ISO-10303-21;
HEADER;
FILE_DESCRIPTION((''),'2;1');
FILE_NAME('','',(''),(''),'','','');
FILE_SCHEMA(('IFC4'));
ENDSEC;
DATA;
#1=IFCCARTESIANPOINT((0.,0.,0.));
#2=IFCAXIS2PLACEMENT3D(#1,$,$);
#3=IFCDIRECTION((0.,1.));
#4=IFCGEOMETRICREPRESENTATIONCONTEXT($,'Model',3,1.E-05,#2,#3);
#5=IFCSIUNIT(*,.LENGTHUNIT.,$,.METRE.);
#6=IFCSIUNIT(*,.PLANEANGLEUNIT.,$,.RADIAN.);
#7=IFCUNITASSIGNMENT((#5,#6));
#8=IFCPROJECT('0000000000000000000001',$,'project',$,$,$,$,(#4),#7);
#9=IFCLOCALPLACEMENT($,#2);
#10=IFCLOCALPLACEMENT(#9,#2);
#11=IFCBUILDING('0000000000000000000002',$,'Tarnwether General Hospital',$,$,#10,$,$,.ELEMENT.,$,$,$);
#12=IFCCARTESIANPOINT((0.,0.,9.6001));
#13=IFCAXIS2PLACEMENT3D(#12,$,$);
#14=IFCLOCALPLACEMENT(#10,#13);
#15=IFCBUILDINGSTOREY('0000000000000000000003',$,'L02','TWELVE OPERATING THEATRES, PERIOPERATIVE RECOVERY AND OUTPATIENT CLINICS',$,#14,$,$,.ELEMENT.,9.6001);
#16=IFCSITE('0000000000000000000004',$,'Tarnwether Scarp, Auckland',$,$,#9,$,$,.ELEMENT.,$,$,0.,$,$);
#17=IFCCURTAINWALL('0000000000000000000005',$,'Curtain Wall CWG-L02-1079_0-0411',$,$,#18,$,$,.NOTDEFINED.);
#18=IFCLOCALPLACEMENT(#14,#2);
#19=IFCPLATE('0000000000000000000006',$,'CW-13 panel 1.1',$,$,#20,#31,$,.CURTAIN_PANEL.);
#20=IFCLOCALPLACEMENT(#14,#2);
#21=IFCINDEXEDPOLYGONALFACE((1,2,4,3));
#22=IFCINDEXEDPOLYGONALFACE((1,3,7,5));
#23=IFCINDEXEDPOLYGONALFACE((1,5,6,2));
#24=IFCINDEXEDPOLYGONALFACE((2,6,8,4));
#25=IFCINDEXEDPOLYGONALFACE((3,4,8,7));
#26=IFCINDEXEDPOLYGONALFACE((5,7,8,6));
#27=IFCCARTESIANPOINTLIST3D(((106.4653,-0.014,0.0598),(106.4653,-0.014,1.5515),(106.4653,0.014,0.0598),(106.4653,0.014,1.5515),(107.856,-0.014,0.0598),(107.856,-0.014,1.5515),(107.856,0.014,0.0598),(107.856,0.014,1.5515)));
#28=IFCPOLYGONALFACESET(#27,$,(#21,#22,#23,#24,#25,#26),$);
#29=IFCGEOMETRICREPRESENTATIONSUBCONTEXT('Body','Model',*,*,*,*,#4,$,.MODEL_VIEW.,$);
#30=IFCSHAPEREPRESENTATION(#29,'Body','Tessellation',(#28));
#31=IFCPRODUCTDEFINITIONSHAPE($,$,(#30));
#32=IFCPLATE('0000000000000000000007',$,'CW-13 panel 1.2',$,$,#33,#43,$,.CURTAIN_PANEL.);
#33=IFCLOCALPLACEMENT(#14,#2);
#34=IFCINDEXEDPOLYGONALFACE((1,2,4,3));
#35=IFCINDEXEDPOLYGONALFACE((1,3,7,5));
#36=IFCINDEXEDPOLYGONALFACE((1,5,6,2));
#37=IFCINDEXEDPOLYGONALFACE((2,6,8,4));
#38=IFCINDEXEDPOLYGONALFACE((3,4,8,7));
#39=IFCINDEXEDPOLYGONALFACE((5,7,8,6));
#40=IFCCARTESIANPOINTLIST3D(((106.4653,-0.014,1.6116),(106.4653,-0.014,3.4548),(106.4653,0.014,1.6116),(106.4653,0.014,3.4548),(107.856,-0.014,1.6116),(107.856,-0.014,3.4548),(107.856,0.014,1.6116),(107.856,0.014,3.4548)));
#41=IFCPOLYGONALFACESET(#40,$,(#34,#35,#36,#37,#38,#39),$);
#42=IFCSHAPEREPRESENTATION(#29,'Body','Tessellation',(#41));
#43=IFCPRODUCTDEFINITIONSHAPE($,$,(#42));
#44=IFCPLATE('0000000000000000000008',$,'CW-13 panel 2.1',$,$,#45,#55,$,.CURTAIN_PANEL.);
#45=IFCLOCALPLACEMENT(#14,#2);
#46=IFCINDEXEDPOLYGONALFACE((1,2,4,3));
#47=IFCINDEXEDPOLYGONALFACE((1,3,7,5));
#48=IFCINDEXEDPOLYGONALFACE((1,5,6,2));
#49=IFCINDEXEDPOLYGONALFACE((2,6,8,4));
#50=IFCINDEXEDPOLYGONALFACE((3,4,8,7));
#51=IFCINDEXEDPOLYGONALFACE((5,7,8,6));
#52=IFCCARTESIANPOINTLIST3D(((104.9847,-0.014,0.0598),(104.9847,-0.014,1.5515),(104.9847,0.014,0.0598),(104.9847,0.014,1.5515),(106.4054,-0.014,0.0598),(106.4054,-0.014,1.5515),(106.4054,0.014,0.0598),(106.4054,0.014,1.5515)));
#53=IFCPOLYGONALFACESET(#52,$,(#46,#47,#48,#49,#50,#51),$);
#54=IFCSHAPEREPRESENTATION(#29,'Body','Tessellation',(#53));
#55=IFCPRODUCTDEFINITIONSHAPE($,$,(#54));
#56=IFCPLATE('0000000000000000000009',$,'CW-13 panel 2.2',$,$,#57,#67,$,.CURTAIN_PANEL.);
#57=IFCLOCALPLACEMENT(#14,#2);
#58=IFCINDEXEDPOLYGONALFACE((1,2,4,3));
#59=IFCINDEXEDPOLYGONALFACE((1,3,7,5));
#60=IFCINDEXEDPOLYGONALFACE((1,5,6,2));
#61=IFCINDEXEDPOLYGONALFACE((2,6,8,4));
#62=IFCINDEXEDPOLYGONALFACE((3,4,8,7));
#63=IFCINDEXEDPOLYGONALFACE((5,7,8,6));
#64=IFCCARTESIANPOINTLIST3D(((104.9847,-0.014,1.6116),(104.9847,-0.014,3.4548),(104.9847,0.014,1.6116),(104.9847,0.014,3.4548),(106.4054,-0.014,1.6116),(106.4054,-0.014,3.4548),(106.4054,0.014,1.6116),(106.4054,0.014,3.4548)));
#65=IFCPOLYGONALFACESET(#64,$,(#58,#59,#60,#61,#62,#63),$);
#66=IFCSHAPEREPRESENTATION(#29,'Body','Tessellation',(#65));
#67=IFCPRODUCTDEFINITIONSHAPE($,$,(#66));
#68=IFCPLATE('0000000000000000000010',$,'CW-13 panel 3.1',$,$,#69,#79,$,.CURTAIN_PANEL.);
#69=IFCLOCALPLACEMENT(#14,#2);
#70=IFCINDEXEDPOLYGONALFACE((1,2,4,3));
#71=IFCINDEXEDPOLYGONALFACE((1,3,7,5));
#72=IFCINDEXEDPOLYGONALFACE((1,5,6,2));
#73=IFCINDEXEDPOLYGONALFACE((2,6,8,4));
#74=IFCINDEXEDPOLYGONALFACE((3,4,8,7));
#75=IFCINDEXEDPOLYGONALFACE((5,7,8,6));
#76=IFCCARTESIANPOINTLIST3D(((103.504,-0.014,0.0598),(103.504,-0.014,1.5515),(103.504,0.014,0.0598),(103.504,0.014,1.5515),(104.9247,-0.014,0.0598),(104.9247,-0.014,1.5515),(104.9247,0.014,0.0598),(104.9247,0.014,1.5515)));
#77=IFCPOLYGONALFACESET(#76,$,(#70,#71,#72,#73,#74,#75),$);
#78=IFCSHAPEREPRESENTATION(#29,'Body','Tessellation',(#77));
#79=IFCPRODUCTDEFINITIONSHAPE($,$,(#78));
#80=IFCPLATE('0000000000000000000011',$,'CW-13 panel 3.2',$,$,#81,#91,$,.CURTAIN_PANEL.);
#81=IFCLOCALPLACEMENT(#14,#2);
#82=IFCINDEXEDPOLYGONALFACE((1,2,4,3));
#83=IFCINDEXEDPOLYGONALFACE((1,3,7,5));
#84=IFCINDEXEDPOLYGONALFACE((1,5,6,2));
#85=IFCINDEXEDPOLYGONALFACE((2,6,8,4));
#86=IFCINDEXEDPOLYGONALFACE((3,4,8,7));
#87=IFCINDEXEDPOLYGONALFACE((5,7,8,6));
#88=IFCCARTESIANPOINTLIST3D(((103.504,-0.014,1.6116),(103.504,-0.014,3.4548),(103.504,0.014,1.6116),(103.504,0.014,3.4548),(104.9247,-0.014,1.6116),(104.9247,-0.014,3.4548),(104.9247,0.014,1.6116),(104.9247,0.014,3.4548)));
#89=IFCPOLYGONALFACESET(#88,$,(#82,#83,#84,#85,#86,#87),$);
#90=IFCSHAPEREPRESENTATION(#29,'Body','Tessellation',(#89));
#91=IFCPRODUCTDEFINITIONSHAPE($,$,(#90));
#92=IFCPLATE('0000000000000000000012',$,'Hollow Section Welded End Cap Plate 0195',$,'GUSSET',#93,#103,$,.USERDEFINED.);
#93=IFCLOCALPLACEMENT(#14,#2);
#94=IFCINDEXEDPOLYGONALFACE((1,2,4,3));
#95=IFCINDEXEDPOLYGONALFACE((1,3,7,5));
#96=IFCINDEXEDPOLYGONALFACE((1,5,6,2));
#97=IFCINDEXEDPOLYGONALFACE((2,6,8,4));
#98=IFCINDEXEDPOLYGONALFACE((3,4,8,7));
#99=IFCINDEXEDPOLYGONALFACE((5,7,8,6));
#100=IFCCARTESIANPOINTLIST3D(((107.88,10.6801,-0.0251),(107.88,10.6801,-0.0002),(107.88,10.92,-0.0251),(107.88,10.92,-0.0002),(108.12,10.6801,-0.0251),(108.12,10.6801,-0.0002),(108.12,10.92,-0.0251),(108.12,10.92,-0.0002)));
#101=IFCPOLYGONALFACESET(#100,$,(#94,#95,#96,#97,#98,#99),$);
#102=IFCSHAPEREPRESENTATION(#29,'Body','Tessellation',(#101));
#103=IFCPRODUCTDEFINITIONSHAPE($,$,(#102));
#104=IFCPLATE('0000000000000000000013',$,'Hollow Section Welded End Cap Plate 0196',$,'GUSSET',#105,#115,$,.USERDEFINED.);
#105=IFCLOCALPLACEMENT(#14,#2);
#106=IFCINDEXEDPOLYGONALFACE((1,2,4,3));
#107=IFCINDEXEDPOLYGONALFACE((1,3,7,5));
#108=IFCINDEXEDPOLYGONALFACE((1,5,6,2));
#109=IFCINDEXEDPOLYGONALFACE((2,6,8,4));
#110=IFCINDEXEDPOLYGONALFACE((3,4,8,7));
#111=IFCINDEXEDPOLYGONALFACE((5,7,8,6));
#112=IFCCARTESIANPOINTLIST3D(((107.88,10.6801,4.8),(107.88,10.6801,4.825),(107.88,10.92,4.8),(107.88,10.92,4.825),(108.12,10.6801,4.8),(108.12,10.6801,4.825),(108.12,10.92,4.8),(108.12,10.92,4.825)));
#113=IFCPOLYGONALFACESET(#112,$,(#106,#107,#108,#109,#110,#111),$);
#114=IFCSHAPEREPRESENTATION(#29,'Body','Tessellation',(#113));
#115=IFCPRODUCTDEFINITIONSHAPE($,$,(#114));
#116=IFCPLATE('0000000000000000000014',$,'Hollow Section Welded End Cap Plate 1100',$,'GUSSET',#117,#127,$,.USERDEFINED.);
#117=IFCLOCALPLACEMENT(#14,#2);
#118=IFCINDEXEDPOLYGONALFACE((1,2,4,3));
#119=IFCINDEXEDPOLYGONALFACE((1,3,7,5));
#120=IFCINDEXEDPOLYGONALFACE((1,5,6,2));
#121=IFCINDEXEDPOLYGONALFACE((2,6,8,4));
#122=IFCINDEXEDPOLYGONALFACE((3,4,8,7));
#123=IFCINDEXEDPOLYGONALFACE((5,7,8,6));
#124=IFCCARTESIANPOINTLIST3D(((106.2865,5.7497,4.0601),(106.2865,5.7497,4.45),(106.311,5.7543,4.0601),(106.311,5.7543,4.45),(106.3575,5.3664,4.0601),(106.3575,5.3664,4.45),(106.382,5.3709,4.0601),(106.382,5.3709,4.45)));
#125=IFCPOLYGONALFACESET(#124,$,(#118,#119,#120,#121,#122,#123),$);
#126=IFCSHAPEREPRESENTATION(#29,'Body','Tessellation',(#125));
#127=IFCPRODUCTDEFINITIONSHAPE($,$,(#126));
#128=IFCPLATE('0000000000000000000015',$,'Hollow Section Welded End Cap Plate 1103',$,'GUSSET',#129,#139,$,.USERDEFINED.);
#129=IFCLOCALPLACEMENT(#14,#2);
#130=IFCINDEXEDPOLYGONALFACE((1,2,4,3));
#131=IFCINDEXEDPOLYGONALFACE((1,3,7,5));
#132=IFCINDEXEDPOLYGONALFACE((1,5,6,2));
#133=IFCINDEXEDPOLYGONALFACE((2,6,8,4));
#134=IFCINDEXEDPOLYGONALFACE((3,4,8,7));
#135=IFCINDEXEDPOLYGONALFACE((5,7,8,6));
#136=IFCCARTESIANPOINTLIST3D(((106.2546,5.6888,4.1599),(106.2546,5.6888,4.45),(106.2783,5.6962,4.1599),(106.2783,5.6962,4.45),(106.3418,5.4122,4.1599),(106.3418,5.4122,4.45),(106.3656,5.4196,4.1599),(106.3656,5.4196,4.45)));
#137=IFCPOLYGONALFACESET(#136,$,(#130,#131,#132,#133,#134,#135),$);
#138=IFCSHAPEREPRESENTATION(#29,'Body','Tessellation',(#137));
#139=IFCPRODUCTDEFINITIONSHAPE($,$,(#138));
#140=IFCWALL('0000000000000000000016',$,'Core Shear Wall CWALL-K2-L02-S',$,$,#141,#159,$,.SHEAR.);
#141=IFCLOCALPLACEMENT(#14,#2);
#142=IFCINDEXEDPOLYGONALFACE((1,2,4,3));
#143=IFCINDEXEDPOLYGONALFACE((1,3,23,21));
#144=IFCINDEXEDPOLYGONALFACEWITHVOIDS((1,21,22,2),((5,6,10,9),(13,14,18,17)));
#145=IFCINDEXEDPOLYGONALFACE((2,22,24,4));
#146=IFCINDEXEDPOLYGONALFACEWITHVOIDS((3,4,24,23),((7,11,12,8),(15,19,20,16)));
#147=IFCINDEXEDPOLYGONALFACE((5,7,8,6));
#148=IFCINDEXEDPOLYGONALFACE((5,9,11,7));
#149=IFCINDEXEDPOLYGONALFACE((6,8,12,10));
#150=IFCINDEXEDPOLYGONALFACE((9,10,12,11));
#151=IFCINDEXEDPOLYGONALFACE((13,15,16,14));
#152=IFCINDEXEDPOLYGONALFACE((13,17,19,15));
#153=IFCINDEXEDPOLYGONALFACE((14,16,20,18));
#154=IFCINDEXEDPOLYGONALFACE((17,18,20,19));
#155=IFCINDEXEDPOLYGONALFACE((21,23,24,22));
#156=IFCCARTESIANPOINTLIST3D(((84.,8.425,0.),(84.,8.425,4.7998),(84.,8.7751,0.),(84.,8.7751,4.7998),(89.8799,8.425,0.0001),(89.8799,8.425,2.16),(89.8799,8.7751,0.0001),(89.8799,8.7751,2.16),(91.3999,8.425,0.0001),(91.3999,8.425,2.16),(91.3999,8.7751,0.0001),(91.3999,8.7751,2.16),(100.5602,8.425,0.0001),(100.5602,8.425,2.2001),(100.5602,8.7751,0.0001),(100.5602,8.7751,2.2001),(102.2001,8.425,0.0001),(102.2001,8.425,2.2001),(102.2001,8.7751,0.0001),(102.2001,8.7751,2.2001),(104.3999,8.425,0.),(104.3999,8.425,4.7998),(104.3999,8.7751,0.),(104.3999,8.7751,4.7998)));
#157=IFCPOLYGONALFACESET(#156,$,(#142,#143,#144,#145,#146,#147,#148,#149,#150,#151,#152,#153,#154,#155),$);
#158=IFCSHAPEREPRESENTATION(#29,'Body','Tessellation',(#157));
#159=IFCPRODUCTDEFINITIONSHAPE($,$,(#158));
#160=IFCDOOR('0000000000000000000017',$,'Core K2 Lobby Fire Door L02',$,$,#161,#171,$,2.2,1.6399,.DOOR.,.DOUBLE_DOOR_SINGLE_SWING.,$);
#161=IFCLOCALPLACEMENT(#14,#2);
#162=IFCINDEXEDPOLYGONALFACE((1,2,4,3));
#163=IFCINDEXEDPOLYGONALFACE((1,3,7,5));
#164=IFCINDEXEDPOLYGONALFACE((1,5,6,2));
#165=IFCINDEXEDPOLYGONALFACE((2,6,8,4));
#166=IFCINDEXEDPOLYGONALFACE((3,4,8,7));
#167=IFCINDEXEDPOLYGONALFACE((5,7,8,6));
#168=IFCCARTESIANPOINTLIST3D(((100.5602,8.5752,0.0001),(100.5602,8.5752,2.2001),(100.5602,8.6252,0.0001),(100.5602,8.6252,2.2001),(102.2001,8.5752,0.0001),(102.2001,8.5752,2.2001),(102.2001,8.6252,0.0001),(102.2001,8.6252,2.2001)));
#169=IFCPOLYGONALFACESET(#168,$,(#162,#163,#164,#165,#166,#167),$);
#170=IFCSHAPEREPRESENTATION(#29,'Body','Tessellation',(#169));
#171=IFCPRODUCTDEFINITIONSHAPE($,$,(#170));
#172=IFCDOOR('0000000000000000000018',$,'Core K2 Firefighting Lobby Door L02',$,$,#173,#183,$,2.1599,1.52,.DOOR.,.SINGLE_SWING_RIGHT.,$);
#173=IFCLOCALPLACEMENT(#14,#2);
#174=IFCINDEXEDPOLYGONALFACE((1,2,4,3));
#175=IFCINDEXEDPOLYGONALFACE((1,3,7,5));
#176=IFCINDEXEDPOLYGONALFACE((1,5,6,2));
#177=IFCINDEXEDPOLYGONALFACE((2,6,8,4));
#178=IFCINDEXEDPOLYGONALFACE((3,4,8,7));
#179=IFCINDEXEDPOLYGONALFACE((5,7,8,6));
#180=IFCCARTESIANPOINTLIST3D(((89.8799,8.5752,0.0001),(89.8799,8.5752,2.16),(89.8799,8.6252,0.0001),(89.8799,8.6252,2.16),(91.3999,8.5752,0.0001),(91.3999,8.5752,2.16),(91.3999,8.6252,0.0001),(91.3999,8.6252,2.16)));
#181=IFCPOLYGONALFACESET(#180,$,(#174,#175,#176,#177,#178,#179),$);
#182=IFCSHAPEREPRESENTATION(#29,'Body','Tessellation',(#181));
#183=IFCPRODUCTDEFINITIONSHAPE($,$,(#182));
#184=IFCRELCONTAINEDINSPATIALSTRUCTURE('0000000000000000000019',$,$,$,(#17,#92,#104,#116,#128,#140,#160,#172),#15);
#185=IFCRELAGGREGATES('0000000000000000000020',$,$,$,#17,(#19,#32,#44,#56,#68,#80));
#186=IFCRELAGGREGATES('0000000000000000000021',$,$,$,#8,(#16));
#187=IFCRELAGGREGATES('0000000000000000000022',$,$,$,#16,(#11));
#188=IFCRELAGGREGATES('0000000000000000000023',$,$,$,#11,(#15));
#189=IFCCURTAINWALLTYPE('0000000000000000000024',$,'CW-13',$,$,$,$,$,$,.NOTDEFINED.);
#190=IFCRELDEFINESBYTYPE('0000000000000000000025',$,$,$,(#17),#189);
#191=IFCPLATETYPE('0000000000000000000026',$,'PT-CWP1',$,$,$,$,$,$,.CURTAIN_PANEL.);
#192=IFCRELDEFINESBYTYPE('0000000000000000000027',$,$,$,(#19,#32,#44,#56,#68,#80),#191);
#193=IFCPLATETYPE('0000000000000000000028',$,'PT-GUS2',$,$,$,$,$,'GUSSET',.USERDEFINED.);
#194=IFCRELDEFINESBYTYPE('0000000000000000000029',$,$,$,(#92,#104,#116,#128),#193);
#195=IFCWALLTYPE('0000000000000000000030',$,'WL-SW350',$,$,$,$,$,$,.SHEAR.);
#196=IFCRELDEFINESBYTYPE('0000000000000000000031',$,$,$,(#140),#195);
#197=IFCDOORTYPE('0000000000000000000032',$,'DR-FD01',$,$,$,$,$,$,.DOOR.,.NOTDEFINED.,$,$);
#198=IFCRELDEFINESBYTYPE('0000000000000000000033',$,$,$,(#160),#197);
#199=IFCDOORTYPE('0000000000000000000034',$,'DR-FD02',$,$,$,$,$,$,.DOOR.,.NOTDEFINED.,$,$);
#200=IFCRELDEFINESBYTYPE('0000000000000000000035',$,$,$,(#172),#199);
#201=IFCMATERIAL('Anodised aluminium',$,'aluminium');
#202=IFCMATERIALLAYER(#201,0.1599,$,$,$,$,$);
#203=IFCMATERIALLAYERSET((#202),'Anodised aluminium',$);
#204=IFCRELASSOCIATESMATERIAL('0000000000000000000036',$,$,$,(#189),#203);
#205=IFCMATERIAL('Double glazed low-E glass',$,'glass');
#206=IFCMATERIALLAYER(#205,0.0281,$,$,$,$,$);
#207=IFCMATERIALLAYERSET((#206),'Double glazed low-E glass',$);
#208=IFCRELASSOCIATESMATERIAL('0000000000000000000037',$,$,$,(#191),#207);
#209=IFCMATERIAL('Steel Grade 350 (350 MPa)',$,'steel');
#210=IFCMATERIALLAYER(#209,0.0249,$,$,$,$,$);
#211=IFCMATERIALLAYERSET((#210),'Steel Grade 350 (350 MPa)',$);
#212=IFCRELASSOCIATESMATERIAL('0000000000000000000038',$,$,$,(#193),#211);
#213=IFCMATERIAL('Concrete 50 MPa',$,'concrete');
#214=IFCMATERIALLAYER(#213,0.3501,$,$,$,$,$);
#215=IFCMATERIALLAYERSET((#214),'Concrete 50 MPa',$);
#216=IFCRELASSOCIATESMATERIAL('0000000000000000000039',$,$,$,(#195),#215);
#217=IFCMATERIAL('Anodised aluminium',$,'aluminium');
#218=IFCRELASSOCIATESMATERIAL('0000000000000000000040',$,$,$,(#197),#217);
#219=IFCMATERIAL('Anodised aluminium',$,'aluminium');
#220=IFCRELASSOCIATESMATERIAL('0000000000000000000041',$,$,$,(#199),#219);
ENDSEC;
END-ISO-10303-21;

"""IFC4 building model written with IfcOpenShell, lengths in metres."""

from ifc_helpers import new_model, si_unit, direction, frame, frame_2d, origin, origin_2d, place, context, subcontext, project, spatial, rectangle, extrude, material, layer, layer_set, type_object, element, fill, aggregate, save


model = new_model("IFC4")

# Units and contexts
model_context = context("Model", 3, precision=1e-05, world=origin(), true_north=direction((0.0, 1.0)))
body_context = subcontext(model_context, "Body", "Model", "MODEL_VIEW")
ifc_project = project(units=[si_unit("LENGTHUNIT", "METRE"), si_unit("PLANEANGLEUNIT", "RADIAN")], contexts=[model_context])

# Site, building, storey
site_placement = place(None, origin())
site = spatial("IfcSite", under=ifc_project, at=site_placement, Name="Tarnwether Scarp, Auckland", CompositionType="ELEMENT", RefElevation=0.0)
building_placement = place(site_placement, origin())
building = spatial("IfcBuilding", under=site, at=building_placement, Name="Tarnwether General Hospital", CompositionType="ELEMENT")
storey_placement = place(building_placement, frame((0.0, 0.0, 9.6001)))
storey = spatial("IfcBuildingStorey", under=building, at=storey_placement, Name="L02", Description="TWELVE OPERATING THEATRES, PERIOPERATIVE RECOVERY AND OUTPATIENT CLINICS", CompositionType="ELEMENT", Elevation=9.6001)

# Curtain wall, plates
ifc_material_1 = material(Name="Anodised aluminium", Category="aluminium")
ifc_layer_1 = layer(ifc_material_1, 0.1599)
ifc_layer_set_1 = layer_set([ifc_layer_1], Name="Anodised aluminium")
curtain_wall_type = type_object("IfcCurtainWallType", Name="CW-13", PredefinedType="NOTDEFINED", material=ifc_layer_set_1)
curtain_wall_placement = place(storey_placement, origin())
curtain_wall = element("IfcCurtainWall", 1, at=curtain_wall_placement, inside=storey, type_object=curtain_wall_type, Name="Curtain Wall CWG-L02-1079_0-0411", PredefinedType="NOTDEFINED")
ifc_material_2 = material(Name="Double glazed low-E glass", Category="glass")
ifc_layer_2 = layer(ifc_material_2, 0.0281)
ifc_layer_set_2 = layer_set([ifc_layer_2], Name="Double glazed low-E glass")
plate_type_1 = type_object("IfcPlateType", Name="PT-CWP1", PredefinedType="CURTAIN_PANEL", material=ifc_layer_set_2)
plate_1_placement = place(storey_placement, frame((107.1606, 0.0, 0.0598), z_axis=(0.0, 0.0, 1.0), x_axis=(-1.0, 0.0, 0.0)))
plate_1 = element("IfcPlate", 2, at=plate_1_placement, type_object=plate_type_1, Name="CW-13 panel 1.1", PredefinedType="CURTAIN_PANEL", context=body_context, shape_type="SweptSolid", body=[
    extrude(rectangle(XDim=1.3906, YDim=0.0281, at=origin_2d()), origin(), (0.0, 0.0, 1.0), 1.4917),
])
plate_2_placement = place(storey_placement, frame((107.1606, 0.0, 1.6116), z_axis=(0.0, 0.0, 1.0), x_axis=(-1.0, 0.0, 0.0)))
plate_2 = element("IfcPlate", 3, at=plate_2_placement, type_object=plate_type_1, Name="CW-13 panel 1.2", PredefinedType="CURTAIN_PANEL", context=body_context, shape_type="SweptSolid", body=[
    extrude(rectangle(XDim=1.3906, YDim=0.0281, at=origin_2d()), origin(), (0.0, 0.0, 1.0), 1.8433),
])
plate_3_placement = place(storey_placement, frame((105.6951, 0.0, 0.0598), z_axis=(0.0, 0.0, 1.0), x_axis=(-1.0, 0.0, 0.0)))
plate_3 = element("IfcPlate", 4, at=plate_3_placement, type_object=plate_type_1, Name="CW-13 panel 2.1", PredefinedType="CURTAIN_PANEL", context=body_context, shape_type="SweptSolid", body=[
    extrude(rectangle(XDim=1.4207, YDim=0.0281, at=origin_2d()), origin(), (0.0, 0.0, 1.0), 1.4917),
])
plate_4_placement = place(storey_placement, frame((105.6951, 0.0, 1.6116), z_axis=(0.0, 0.0, 1.0), x_axis=(-1.0, 0.0, 0.0)))
plate_4 = element("IfcPlate", 5, at=plate_4_placement, type_object=plate_type_1, Name="CW-13 panel 2.2", PredefinedType="CURTAIN_PANEL", context=body_context, shape_type="SweptSolid", body=[
    extrude(rectangle(XDim=1.4207, YDim=0.0281, at=origin_2d()), origin(), (0.0, 0.0, 1.0), 1.8433),
])
plate_5_placement = place(storey_placement, frame((104.2144, 0.0, 0.0598), z_axis=(0.0, 0.0, 1.0), x_axis=(-1.0, 0.0, 0.0)))
plate_5 = element("IfcPlate", 6, at=plate_5_placement, type_object=plate_type_1, Name="CW-13 panel 3.1", PredefinedType="CURTAIN_PANEL", context=body_context, shape_type="SweptSolid", body=[
    extrude(rectangle(XDim=1.4207, YDim=0.0281, at=origin_2d()), origin(), (0.0, 0.0, 1.0), 1.4917),
])
plate_6_placement = place(storey_placement, frame((104.2144, 0.0, 1.6116), z_axis=(0.0, 0.0, 1.0), x_axis=(-1.0, 0.0, 0.0)))
plate_6 = element("IfcPlate", 7, at=plate_6_placement, type_object=plate_type_1, Name="CW-13 panel 3.2", PredefinedType="CURTAIN_PANEL", context=body_context, shape_type="SweptSolid", body=[
    extrude(rectangle(XDim=1.4207, YDim=0.0281, at=origin_2d()), origin(), (0.0, 0.0, 1.0), 1.8433),
])
aggregate(curtain_wall, [plate_1, plate_2, plate_3, plate_4, plate_5, plate_6])

# Plates
ifc_material_3 = material(Name="Steel Grade 350 (350 MPa)", Category="steel")
ifc_layer_3 = layer(ifc_material_3, 0.0249)
ifc_layer_set_3 = layer_set([ifc_layer_3], Name="Steel Grade 350 (350 MPa)")
plate_type_2 = type_object("IfcPlateType", Name="PT-GUS2", ElementType="GUSSET", PredefinedType="USERDEFINED", material=ifc_layer_set_3)
for number, where, z_axis, x_axis, name in (
    (8, (108.0, 10.8, -0.0251), (0.0, 0.0, 1.0), (1.0, 0.0, 0.0), "Hollow Section Welded End Cap Plate 0195"),
    (9, (108.0, 10.8, 4.8), (0.0, 0.0, 1.0), (1.0, 0.0, 0.0), "Hollow Section Welded End Cap Plate 0196"),
):
    element("IfcPlate", number, at=place(storey_placement, frame(where, z_axis=z_axis, x_axis=x_axis)), inside=storey, type_object=plate_type_2, Name=name, ObjectType="GUSSET", PredefinedType="USERDEFINED", context=body_context, shape_type="SweptSolid", body=[
        extrude(rectangle(XDim=0.24, YDim=0.24, at=origin_2d()), origin(), (0.0, 0.0, 1.0), 0.0249),
    ])
plate_7_placement = place(storey_placement, frame((106.3342, 5.5603, 4.0601), z_axis=(0.0, 0.0, 1.0), x_axis=(0.983261, 0.182201, 0.0)))
element("IfcPlate", 10, at=plate_7_placement, inside=storey, type_object=plate_type_2, Name="Hollow Section Welded End Cap Plate 1100", ObjectType="GUSSET", PredefinedType="USERDEFINED", context=body_context, shape_type="SweptSolid", body=[
    extrude(rectangle(XDim=0.0249, YDim=0.3899, at=origin_2d()), origin(), (0.0, 0.0, 1.0), 0.3899),
])
plate_8_placement = place(storey_placement, frame((106.3101, 5.5542, 4.1599), z_axis=(0.0, 0.0, 1.0), x_axis=(0.953691, 0.300789, 0.0)))
element("IfcPlate", 11, at=plate_8_placement, inside=storey, type_object=plate_type_2, Name="Hollow Section Welded End Cap Plate 1103", ObjectType="GUSSET", PredefinedType="USERDEFINED", context=body_context, shape_type="SweptSolid", body=[
    extrude(rectangle(XDim=0.0249, YDim=0.29, at=origin_2d()), origin(), (0.0, 0.0, 1.0), 0.29),
])

# Wall, openings, doors
ifc_material_4 = material(Name="Concrete 50 MPa", Category="concrete")
ifc_layer_4 = layer(ifc_material_4, 0.3501)
ifc_layer_set_4 = layer_set([ifc_layer_4], Name="Concrete 50 MPa")
wall_type = type_object("IfcWallType", Name="WL-SW350", PredefinedType="SHEAR", material=ifc_layer_set_4)
wall_placement = place(storey_placement, frame((104.3999, 8.6001, 0.0), z_axis=(0.0, 0.0, 1.0), x_axis=(-1.0, 0.0, 0.0)))
wall = element("IfcWall", 12, at=wall_placement, inside=storey, type_object=wall_type, Name="Core Shear Wall CWALL-K2-L02-S", PredefinedType="SHEAR", context=body_context, shape_type="SweptSolid", body=[
    extrude(rectangle(XDim=20.3999, YDim=0.3501, at=frame_2d((10.2, 0.0))), origin(), (0.0, 0.0, 1.0), 4.7998),
])
opening_1_placement = place(wall_placement, frame((2.2, 0.0, 0.0)))
opening_1 = element("IfcOpeningElement", 13, at=opening_1_placement, cuts=wall, PredefinedType="OPENING", context=body_context, shape_type="SweptSolid", body=[
    extrude(rectangle(XDim=1.6399, YDim=2.2, at=frame_2d((0.8198, 1.1001))), frame((0.0, 0.1851, 0.0), z_axis=(0.0, -1.0, 0.0), x_axis=(1.0, 0.0, 0.0)), (0.0, 0.0, 1.0), 0.3701),
])
opening_2_placement = place(wall_placement, frame((13.0, 0.0, 0.0)))
opening_2 = element("IfcOpeningElement", 14, at=opening_2_placement, cuts=wall, PredefinedType="OPENING", context=body_context, shape_type="SweptSolid", body=[
    extrude(rectangle(XDim=1.52, YDim=2.1599, at=frame_2d((0.76, 1.0801))), frame((0.0, 0.1851, 0.0), z_axis=(0.0, -1.0, 0.0), x_axis=(1.0, 0.0, 0.0)), (0.0, 0.0, 1.0), 0.3701),
])
ifc_material_5 = material(Name="Anodised aluminium", Category="aluminium")
door_type_1 = type_object("IfcDoorType", Name="DR-FD01", OperationType="NOTDEFINED", PredefinedType="DOOR", material=ifc_material_5)
door_1_placement = place(opening_1_placement, origin())
door_1 = element("IfcDoor", 15, at=door_1_placement, inside=storey, type_object=door_type_1, Name="Core K2 Lobby Fire Door L02", OperationType="DOUBLE_DOOR_SINGLE_SWING", OverallHeight=2.2, OverallWidth=1.6399, PredefinedType="DOOR", context=body_context, shape_type="SweptSolid", body=[
    extrude(rectangle(XDim=1.6399, YDim=2.2, at=frame_2d((0.8198, 1.1001))), frame((0.0, 0.0249, 0.0), z_axis=(0.0, -1.0, 0.0), x_axis=(1.0, 0.0, 0.0)), (0.0, 0.0, 1.0), 0.05),
])
fill(opening_1, door_1)
ifc_material_6 = material(Name="Anodised aluminium", Category="aluminium")
door_type_2 = type_object("IfcDoorType", Name="DR-FD02", OperationType="NOTDEFINED", PredefinedType="DOOR", material=ifc_material_6)
door_2_placement = place(opening_2_placement, origin())
door_2 = element("IfcDoor", 16, at=door_2_placement, inside=storey, type_object=door_type_2, Name="Core K2 Firefighting Lobby Door L02", OperationType="SINGLE_SWING_RIGHT", OverallHeight=2.1599, OverallWidth=1.52, PredefinedType="DOOR", context=body_context, shape_type="SweptSolid", body=[
    extrude(rectangle(XDim=1.52, YDim=2.1599, at=frame_2d((0.76, 1.0801))), frame((0.0, 0.0249, 0.0), z_axis=(0.0, -1.0, 0.0), x_axis=(1.0, 0.0, 0.0)), (0.0, 0.0, 1.0), 0.05),
])
fill(opening_2, door_2)

save(model, "model.ifc")
